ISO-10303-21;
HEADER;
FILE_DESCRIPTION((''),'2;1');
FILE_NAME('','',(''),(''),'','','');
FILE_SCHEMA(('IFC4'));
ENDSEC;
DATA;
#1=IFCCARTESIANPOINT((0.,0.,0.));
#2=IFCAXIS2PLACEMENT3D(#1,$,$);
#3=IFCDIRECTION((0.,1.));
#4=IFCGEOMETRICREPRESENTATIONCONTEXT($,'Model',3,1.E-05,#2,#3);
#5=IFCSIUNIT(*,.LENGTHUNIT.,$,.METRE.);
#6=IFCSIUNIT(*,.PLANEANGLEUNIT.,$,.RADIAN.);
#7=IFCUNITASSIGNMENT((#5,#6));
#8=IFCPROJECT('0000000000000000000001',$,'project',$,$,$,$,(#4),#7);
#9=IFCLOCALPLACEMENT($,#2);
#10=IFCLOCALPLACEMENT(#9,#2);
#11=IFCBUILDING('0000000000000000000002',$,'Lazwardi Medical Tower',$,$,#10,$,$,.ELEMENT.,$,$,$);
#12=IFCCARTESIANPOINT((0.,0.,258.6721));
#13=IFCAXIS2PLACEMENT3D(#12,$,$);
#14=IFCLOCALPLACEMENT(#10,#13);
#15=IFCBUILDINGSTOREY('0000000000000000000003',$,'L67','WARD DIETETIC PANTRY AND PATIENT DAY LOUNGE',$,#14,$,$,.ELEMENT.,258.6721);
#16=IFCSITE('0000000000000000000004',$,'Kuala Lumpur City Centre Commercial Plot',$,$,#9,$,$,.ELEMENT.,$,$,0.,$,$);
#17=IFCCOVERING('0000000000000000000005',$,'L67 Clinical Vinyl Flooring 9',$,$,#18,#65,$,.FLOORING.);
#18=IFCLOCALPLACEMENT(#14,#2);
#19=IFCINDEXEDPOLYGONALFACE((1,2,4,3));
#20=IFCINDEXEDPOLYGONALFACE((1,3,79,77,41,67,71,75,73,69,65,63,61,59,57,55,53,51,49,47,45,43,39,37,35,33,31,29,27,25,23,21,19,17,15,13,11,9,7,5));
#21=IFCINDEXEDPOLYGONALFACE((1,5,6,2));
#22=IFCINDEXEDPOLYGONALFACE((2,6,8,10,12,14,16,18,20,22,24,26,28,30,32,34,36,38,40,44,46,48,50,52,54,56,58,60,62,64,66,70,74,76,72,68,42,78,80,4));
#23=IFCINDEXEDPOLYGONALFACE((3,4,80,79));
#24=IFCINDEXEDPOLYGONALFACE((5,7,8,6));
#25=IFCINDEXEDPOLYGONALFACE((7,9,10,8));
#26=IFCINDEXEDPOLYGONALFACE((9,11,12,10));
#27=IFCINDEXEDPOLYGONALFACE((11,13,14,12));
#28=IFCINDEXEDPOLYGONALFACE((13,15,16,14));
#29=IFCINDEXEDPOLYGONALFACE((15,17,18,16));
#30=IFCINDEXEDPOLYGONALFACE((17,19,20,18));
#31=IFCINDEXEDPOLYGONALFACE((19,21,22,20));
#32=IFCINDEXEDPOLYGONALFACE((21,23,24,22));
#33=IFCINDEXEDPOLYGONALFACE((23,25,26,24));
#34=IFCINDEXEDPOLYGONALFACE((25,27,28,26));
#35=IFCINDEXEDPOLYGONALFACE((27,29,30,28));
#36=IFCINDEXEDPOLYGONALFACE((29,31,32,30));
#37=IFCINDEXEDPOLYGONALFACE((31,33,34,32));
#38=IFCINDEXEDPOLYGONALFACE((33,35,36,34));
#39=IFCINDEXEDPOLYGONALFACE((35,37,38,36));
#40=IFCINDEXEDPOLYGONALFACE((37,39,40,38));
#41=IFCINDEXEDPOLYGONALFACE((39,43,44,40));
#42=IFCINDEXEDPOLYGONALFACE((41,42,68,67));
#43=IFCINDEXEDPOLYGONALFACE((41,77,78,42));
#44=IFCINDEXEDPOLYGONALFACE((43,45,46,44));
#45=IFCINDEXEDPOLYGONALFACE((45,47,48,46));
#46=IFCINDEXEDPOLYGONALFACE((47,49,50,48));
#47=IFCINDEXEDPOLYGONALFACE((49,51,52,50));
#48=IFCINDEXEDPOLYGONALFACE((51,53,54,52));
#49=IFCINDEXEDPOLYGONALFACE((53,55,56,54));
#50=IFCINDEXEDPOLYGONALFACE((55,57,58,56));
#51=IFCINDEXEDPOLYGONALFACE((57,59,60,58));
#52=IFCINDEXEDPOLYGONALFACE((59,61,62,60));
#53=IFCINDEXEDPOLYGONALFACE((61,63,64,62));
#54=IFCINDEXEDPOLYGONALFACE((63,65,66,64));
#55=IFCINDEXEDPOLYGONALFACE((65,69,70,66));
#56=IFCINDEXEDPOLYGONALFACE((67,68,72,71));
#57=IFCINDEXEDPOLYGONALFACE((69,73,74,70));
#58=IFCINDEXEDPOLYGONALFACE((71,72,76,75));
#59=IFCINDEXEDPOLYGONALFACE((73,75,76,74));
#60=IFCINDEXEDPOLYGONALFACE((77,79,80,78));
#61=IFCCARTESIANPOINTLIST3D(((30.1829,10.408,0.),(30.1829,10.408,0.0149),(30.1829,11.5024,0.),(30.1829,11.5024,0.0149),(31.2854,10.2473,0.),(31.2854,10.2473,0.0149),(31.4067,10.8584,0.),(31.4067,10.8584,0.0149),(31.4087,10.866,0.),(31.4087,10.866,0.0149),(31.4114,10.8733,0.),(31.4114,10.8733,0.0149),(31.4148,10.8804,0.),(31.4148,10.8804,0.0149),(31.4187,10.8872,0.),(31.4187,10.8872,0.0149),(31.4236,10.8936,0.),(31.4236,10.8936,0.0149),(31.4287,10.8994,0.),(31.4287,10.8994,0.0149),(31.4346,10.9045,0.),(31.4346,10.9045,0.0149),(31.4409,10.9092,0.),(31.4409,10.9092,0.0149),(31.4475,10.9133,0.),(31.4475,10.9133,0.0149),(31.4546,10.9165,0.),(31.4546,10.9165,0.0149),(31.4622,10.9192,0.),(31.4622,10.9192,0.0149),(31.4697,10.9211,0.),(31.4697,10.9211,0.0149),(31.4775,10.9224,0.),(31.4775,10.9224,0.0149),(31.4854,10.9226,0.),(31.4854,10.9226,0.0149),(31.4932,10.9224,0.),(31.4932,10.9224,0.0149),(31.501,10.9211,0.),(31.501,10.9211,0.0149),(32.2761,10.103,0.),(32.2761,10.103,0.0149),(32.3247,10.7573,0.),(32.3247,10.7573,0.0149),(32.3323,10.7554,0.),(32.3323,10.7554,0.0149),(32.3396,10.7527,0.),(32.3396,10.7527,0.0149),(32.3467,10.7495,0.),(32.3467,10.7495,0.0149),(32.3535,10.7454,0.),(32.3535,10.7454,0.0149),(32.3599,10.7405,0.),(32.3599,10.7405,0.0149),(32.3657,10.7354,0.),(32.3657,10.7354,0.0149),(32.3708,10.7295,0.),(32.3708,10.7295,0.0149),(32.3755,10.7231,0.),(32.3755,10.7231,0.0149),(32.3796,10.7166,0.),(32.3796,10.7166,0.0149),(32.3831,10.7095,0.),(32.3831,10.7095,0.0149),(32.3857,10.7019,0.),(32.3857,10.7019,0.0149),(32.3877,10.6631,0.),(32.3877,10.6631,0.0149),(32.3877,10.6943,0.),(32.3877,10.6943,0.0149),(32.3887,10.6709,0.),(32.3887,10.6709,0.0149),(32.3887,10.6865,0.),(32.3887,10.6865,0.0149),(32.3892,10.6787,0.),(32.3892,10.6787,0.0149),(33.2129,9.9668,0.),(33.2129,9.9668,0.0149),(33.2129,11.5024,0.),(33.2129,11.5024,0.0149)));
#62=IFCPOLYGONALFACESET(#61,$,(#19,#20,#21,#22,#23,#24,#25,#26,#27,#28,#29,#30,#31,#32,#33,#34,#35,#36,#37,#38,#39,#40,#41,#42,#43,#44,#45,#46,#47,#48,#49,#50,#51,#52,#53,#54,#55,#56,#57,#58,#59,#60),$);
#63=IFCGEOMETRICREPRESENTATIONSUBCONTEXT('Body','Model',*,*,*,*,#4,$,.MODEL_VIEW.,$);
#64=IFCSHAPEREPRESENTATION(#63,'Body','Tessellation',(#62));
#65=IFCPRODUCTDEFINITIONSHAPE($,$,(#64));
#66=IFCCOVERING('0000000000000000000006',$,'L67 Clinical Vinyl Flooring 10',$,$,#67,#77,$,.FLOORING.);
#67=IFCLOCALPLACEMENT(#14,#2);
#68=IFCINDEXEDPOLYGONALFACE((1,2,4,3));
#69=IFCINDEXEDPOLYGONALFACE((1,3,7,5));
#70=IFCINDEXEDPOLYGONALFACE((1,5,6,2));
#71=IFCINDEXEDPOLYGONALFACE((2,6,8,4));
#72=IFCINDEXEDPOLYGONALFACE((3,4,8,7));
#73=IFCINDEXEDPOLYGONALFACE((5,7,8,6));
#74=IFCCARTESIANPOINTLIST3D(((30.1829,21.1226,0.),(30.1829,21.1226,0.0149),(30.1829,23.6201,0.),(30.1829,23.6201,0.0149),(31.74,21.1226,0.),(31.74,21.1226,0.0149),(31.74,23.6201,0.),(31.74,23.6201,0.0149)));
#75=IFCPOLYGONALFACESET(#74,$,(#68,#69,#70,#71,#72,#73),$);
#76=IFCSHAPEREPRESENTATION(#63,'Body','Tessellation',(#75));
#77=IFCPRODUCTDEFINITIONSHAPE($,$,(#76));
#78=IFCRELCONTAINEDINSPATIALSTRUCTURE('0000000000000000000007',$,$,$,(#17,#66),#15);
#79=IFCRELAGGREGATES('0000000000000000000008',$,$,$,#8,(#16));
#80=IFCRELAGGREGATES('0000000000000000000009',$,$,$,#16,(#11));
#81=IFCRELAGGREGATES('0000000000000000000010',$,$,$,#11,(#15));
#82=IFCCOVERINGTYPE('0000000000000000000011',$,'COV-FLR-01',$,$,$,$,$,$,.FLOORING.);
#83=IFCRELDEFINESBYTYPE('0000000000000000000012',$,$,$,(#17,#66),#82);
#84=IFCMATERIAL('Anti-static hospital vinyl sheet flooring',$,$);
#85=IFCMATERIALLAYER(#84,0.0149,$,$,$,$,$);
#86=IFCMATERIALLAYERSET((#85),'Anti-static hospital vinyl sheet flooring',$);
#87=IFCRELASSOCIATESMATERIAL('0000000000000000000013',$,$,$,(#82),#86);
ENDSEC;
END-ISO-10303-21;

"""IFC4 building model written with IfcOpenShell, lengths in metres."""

from ifc_helpers import new_model, si_unit, direction, frame, origin, place, context, subcontext, project, spatial, polyline, outline, extrude, material, layer, layer_set, type_object, element, save


model = new_model("IFC4")

# Units and contexts
model_context = context("Model", 3, precision=1e-05, world=origin(), true_north=direction((0.0, 1.0)))
body_context = subcontext(model_context, "Body", "Model", "MODEL_VIEW")
ifc_project = project(units=[si_unit("LENGTHUNIT", "METRE"), si_unit("PLANEANGLEUNIT", "RADIAN")], contexts=[model_context])

# Site, building, storey
site_placement = place(None, origin())
site = spatial("IfcSite", under=ifc_project, at=site_placement, Name="Kuala Lumpur City Centre Commercial Plot", CompositionType="ELEMENT", RefElevation=0.0)
building_placement = place(site_placement, origin())
building = spatial("IfcBuilding", under=site, at=building_placement, Name="Lazwardi Medical Tower", CompositionType="ELEMENT")
storey_placement = place(building_placement, frame((0.0, 0.0, 258.6721)))
storey = spatial("IfcBuildingStorey", under=building, at=storey_placement, Name="L67", Description="WARD DIETETIC PANTRY AND PATIENT DAY LOUNGE", CompositionType="ELEMENT", Elevation=258.6721)

# Coverings
ifc_material_1 = material(Name="Anti-static hospital vinyl sheet flooring")
ifc_layer_1 = layer(ifc_material_1, 0.0149)
ifc_layer_set_1 = layer_set([ifc_layer_1], Name="Anti-static hospital vinyl sheet flooring")
covering_type_1 = type_object("IfcCoveringType", Name="COV-FLR-01", PredefinedType="FLOORING", material=ifc_layer_set_1)
covering_1_placement = place(storey_placement, origin())
element("IfcCovering", 1, at=covering_1_placement, inside=storey, type_object=covering_type_1, Name="L67 Clinical Vinyl Flooring 9", PredefinedType="FLOORING", context=body_context, shape_type="SweptSolid", body=[
    extrude(outline(polyline([(30.1829, 10.408), (31.2854, 10.2473), (31.4067, 10.8584), (31.4087, 10.866), (31.4114, 10.8733), (31.4148, 10.8804), (31.4187, 10.8872), (31.4236, 10.8936), (31.4287, 10.8994), (31.4346, 10.9045), (31.4409, 10.9092), (31.4475, 10.9133), (31.4546, 10.9165), (31.4622, 10.9192), (31.4697, 10.9211), (31.4775, 10.9224), (31.4854, 10.9226), (31.4932, 10.9224), (31.501, 10.9211), (32.3247, 10.7573), (32.3323, 10.7554), (32.3396, 10.7527), (32.3467, 10.7495), (32.3535, 10.7454), (32.3599, 10.7405), (32.3657, 10.7354), (32.3708, 10.7295), (32.3755, 10.7231), (32.3796, 10.7166), (32.3831, 10.7095), (32.3857, 10.7019), (32.3877, 10.6943), (32.3887, 10.6865), (32.3892, 10.6787), (32.3887, 10.6709), (32.3877, 10.6631), (32.2761, 10.103), (33.2129, 9.9668), (33.2129, 11.5024), (30.1829, 11.5024), (30.1829, 10.408)])), origin(), (0.0, 0.0, 1.0), 0.0149),
])
covering_2_placement = place(storey_placement, origin())
element("IfcCovering", 2, at=covering_2_placement, inside=storey, type_object=covering_type_1, Name="L67 Clinical Vinyl Flooring 10", PredefinedType="FLOORING", context=body_context, shape_type="SweptSolid", body=[
    extrude(outline(polyline([(31.74, 21.1226), (31.74, 23.6201), (30.1829, 23.6201), (30.1829, 21.1226), (31.74, 21.1226)])), origin(), (0.0, 0.0, 1.0), 0.0149),
])

save(model, "model.ifc")
